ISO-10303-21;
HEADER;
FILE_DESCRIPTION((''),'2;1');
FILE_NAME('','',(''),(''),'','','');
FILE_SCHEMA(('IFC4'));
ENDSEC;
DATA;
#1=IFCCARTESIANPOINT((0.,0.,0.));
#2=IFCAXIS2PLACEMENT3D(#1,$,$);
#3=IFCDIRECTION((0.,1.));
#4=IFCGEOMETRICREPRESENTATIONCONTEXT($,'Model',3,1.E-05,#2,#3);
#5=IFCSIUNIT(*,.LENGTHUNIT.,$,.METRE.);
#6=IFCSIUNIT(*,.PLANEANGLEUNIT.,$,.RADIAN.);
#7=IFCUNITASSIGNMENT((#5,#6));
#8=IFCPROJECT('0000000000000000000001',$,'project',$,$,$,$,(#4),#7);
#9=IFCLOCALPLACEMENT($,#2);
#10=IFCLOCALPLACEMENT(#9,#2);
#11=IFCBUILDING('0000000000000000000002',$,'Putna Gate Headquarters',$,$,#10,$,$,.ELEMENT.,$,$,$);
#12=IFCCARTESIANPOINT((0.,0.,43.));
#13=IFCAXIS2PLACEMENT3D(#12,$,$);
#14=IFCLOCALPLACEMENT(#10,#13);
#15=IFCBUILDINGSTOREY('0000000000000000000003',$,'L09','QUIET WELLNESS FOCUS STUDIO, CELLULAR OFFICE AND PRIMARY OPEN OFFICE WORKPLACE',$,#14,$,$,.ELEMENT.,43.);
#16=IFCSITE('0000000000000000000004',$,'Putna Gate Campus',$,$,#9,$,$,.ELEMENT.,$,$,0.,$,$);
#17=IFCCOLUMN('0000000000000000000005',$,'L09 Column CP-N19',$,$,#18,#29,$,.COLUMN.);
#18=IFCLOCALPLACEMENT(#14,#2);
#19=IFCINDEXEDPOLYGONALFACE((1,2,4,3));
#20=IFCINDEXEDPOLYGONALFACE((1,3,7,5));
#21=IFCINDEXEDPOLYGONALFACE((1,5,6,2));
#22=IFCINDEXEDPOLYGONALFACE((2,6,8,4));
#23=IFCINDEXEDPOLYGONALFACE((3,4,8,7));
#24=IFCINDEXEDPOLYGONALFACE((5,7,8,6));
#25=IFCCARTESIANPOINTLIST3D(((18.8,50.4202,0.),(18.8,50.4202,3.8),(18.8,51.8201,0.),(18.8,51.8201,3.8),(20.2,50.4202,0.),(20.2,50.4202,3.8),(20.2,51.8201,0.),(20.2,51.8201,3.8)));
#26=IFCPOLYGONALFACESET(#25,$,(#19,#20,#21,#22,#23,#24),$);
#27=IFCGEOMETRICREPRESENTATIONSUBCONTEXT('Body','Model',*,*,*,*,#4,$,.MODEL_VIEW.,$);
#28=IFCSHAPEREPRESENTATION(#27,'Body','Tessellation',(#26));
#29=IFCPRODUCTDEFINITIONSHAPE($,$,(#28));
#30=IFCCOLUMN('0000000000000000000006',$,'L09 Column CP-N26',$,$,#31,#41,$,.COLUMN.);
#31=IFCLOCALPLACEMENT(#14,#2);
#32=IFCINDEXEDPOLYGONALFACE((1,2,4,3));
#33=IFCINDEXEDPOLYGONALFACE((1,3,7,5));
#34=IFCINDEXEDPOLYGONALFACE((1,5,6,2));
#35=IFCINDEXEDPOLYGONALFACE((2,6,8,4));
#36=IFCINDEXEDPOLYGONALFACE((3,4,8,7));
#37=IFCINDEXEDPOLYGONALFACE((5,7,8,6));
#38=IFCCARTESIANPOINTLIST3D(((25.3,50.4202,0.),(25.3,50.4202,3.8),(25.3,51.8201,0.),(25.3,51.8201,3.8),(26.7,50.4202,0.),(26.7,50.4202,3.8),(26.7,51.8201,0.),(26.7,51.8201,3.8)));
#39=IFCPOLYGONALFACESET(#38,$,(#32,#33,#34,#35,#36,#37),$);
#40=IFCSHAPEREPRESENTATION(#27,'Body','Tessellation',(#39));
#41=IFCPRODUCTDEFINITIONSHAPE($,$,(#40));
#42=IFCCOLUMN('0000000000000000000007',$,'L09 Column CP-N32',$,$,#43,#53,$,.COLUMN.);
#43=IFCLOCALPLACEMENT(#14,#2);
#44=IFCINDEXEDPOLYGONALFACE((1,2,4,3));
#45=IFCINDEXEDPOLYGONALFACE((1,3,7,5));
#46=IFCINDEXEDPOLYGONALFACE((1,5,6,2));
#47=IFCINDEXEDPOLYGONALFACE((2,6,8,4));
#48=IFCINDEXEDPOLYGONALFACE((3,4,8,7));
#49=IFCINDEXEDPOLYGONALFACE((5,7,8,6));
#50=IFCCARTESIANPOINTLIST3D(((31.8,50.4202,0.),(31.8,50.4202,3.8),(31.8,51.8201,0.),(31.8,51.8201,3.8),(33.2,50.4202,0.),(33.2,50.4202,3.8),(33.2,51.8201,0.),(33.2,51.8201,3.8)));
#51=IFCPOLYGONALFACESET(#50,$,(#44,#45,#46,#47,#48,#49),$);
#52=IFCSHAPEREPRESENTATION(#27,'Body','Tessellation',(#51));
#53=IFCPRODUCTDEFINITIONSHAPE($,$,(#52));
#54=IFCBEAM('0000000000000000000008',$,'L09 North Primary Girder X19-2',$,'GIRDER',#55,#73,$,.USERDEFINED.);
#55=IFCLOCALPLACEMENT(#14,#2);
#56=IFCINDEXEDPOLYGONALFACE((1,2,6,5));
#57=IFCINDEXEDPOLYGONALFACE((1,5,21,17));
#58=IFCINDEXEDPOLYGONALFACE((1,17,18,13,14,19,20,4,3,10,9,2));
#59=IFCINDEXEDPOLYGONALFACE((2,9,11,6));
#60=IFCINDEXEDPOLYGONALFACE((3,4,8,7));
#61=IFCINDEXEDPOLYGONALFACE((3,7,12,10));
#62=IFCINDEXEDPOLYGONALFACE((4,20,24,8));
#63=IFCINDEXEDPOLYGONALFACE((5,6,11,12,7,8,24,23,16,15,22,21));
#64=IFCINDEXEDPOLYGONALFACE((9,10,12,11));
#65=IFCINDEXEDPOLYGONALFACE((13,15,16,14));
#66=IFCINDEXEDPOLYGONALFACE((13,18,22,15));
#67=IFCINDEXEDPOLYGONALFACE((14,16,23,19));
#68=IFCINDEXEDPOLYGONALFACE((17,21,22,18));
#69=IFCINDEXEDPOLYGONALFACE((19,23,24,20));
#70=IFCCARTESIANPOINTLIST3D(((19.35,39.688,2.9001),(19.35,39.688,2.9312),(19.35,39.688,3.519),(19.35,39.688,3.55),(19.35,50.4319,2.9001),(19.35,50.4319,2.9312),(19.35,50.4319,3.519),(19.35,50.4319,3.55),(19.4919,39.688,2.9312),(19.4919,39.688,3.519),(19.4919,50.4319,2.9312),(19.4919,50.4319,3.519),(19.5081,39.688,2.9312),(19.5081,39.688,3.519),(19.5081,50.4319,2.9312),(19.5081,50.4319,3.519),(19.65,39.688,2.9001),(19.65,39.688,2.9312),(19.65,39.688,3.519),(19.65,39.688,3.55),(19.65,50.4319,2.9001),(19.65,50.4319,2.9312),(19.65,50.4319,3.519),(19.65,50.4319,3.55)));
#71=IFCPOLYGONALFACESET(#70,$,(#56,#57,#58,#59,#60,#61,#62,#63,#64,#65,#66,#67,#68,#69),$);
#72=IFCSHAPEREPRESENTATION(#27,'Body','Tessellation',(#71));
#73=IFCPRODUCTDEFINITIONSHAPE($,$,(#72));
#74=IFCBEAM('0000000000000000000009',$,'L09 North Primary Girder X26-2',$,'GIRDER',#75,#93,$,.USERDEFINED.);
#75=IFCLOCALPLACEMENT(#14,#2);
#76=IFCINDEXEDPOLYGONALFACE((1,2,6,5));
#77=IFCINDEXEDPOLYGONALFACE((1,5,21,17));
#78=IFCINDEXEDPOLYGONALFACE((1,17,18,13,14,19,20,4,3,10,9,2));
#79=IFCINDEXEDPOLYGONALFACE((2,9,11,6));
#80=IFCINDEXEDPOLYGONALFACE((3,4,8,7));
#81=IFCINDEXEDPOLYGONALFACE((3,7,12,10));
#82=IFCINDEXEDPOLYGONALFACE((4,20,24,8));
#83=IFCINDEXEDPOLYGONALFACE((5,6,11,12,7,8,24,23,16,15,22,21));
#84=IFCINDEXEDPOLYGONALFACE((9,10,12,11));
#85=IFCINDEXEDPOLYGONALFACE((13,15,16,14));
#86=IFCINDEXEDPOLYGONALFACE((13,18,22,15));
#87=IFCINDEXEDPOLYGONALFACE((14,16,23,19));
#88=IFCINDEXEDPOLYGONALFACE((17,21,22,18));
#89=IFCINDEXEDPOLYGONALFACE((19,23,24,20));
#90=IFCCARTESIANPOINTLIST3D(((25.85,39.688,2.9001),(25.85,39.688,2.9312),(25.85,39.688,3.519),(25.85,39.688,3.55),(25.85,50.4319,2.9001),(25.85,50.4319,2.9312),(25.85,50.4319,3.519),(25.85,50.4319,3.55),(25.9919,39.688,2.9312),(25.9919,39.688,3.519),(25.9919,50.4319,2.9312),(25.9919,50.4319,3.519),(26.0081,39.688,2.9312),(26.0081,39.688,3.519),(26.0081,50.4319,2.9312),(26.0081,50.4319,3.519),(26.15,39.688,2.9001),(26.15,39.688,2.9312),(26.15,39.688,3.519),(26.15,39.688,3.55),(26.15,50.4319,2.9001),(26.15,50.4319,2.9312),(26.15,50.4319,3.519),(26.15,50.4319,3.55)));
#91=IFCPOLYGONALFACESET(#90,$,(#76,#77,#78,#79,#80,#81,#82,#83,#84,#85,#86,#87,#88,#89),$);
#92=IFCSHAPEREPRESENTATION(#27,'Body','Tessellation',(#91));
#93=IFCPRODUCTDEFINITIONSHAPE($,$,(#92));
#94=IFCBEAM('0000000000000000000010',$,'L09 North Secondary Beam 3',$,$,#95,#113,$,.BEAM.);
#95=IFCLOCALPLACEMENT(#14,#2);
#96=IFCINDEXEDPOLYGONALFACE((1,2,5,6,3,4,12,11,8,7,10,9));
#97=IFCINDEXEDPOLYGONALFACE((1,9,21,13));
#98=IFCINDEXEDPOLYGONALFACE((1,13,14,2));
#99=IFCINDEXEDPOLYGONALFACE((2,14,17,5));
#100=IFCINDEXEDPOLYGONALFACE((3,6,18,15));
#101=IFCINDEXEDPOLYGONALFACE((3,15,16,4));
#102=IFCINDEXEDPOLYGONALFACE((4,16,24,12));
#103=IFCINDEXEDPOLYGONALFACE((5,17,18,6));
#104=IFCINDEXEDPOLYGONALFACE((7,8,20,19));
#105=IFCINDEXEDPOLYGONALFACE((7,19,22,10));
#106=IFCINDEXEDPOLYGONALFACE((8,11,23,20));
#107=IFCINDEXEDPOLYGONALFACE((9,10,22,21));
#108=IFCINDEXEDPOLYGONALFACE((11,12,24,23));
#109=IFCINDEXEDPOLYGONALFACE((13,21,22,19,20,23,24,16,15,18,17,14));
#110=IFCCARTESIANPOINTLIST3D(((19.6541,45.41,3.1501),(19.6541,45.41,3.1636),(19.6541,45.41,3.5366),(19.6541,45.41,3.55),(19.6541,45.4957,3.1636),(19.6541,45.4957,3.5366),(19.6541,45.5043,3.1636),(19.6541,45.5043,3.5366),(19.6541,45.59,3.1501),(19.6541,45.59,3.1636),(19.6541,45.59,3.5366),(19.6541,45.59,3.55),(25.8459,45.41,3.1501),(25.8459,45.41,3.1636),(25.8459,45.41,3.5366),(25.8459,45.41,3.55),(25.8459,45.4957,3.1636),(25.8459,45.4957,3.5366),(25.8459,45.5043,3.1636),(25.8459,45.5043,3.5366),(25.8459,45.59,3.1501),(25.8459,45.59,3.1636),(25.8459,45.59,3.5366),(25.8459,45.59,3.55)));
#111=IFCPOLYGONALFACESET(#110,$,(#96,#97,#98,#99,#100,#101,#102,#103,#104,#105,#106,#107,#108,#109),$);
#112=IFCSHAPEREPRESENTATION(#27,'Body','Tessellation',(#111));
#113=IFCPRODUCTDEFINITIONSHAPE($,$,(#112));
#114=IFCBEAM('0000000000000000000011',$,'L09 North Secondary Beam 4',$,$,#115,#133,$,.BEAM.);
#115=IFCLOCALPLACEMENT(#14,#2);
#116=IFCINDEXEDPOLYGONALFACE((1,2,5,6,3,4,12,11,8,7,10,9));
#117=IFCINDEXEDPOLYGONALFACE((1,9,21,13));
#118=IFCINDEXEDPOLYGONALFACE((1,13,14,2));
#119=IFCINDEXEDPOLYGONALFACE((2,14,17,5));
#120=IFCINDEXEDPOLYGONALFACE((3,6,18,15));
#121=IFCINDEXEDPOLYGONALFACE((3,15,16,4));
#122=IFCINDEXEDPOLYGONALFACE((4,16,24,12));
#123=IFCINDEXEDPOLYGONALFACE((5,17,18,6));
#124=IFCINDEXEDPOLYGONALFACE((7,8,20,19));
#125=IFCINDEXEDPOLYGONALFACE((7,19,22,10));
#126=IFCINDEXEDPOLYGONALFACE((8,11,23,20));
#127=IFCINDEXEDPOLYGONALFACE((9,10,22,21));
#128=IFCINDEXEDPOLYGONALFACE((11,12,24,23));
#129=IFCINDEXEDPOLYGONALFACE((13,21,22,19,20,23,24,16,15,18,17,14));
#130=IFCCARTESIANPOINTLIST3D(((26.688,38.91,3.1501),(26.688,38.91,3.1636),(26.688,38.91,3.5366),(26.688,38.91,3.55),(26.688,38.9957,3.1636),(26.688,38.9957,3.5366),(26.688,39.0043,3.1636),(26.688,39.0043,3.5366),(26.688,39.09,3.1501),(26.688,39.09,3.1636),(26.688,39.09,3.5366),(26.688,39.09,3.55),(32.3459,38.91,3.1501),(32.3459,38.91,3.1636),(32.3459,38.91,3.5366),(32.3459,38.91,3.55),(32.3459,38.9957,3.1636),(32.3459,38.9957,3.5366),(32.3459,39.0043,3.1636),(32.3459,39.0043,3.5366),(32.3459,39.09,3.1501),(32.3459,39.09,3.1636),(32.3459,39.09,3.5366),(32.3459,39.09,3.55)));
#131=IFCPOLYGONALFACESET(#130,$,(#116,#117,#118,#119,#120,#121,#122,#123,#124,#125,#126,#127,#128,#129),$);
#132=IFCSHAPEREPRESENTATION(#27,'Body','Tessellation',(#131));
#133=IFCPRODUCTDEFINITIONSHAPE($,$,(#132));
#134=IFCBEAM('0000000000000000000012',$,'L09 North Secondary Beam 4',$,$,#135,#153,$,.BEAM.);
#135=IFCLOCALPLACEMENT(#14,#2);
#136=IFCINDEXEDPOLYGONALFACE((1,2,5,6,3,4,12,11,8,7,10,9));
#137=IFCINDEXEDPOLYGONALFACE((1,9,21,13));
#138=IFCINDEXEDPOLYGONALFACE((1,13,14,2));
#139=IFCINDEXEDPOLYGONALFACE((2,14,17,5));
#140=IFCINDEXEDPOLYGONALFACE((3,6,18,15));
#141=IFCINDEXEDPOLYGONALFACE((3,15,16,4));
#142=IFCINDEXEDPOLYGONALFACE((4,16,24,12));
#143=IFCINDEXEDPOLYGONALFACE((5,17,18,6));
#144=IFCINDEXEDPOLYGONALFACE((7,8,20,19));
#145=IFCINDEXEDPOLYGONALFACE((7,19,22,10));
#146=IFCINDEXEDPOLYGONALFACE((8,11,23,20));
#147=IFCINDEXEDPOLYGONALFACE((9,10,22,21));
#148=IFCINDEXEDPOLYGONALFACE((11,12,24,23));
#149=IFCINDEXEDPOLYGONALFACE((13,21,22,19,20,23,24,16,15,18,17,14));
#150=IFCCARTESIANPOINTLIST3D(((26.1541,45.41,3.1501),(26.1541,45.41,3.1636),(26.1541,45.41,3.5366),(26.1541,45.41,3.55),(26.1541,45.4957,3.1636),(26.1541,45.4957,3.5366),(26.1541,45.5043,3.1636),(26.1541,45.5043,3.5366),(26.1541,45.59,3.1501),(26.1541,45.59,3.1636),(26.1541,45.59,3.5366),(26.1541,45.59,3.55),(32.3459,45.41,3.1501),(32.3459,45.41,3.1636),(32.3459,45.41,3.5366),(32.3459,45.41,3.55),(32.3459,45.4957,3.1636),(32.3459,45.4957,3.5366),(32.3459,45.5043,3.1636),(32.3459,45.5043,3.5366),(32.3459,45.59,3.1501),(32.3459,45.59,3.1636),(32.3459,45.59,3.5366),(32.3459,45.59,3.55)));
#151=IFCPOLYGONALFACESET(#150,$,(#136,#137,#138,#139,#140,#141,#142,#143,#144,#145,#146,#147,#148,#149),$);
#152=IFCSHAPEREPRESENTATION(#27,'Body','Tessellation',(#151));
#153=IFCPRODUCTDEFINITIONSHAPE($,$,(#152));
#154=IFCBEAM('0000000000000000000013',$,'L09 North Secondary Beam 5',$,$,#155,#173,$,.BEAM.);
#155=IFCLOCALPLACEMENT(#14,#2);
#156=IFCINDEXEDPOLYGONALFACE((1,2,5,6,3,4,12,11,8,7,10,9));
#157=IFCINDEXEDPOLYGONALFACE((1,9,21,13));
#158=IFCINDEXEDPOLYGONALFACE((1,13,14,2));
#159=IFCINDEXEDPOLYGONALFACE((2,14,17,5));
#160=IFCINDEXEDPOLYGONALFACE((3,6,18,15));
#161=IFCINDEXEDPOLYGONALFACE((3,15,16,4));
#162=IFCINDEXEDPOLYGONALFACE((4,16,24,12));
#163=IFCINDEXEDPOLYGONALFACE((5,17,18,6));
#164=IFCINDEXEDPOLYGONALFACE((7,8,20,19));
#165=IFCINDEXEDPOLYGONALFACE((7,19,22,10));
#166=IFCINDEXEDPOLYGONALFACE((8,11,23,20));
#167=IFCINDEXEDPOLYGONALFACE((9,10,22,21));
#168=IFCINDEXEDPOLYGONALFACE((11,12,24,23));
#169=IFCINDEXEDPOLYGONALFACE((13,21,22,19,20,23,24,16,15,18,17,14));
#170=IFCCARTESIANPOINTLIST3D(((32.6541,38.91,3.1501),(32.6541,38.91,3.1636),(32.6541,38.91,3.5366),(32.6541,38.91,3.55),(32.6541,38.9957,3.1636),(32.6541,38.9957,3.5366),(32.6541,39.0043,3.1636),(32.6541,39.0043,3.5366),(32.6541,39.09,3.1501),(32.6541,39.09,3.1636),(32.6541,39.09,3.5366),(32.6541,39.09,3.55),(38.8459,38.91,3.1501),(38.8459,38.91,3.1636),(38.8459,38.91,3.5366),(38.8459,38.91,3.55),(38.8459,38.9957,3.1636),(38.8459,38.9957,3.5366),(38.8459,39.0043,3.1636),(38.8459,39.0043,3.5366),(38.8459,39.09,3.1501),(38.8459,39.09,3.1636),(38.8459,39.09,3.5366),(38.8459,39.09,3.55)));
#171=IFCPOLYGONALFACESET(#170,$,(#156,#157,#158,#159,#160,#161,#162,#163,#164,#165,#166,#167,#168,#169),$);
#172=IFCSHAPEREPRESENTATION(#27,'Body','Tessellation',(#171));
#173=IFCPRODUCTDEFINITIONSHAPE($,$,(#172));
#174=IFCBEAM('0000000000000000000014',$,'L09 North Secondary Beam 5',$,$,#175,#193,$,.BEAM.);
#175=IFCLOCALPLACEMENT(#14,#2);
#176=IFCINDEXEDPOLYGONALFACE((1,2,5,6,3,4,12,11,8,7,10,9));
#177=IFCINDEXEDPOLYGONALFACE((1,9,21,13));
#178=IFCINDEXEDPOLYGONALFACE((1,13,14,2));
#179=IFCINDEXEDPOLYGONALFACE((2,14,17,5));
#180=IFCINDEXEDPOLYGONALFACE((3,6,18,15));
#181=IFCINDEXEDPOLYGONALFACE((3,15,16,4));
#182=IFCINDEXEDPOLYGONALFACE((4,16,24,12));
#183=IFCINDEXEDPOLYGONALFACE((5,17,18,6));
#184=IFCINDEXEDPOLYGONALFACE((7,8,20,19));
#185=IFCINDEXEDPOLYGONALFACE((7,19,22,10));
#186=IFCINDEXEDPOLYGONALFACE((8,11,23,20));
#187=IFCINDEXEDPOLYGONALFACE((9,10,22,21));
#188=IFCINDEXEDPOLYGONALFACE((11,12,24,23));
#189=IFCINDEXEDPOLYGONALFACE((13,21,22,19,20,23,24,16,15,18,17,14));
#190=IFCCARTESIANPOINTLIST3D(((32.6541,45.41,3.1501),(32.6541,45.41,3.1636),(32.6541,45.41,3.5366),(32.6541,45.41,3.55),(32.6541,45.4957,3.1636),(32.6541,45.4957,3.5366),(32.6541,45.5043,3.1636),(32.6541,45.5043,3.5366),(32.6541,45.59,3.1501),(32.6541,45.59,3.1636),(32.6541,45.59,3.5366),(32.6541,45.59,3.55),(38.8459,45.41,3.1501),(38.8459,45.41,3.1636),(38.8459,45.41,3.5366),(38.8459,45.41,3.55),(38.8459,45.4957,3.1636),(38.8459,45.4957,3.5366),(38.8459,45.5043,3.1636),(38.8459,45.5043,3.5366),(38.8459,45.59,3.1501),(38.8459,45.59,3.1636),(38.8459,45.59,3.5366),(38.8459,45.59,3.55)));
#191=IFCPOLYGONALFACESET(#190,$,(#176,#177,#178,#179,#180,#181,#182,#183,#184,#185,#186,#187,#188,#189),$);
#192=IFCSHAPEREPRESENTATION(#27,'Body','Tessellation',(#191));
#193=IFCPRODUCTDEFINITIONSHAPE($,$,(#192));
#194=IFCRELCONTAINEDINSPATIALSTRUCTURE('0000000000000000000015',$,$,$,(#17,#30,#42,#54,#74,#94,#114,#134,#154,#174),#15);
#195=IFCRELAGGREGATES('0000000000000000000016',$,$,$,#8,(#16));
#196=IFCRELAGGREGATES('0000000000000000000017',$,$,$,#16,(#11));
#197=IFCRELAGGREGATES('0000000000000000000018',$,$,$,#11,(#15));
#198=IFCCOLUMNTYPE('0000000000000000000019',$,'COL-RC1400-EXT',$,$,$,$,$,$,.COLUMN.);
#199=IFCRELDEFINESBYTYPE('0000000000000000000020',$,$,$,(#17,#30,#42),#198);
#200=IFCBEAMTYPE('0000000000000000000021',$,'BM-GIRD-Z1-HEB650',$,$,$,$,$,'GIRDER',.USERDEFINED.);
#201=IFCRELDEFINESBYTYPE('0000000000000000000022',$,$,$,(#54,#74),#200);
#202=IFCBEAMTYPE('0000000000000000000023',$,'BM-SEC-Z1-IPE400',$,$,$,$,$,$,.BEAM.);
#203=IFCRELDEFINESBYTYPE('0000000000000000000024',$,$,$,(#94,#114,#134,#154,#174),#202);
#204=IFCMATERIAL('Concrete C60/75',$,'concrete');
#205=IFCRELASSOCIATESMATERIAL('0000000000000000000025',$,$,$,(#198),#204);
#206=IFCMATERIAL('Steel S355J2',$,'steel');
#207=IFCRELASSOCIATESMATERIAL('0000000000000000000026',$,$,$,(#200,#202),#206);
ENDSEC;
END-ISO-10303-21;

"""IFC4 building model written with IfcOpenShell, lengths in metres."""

from ifc_helpers import new_model, si_unit, direction, frame, origin, origin_2d, place, context, subcontext, project, spatial, rectangle, i_section, extrude, material, material_profile, profile_set, type_object, element, save


model = new_model("IFC4")

# Units and contexts
model_context = context("Model", 3, precision=1e-05, world=origin(), true_north=direction((0.0, 1.0)))
body_context = subcontext(model_context, "Body", "Model", "MODEL_VIEW")
ifc_project = project(units=[si_unit("LENGTHUNIT", "METRE"), si_unit("PLANEANGLEUNIT", "RADIAN")], contexts=[model_context])

# Site, building, storey
site_placement = place(None, origin())
site = spatial("IfcSite", under=ifc_project, at=site_placement, Name="Putna Gate Campus", CompositionType="ELEMENT", RefElevation=0.0)
building_placement = place(site_placement, origin())
building = spatial("IfcBuilding", under=site, at=building_placement, Name="Putna Gate Headquarters", CompositionType="ELEMENT")
storey_placement = place(building_placement, frame((0.0, 0.0, 43.0)))
storey = spatial("IfcBuildingStorey", under=building, at=storey_placement, Name="L09", Description="QUIET WELLNESS FOCUS STUDIO, CELLULAR OFFICE AND PRIMARY OPEN OFFICE WORKPLACE", CompositionType="ELEMENT", Elevation=43.0)

# Columns
ifc_material_1 = material(Name="Concrete C60/75", Category="concrete")
ifc_material_profile_1 = material_profile(ifc_material_1, rectangle(XDim=1.3999, YDim=1.3999, at=origin_2d()), Name="Concrete C60/75")
ifc_profile_set_1 = profile_set([ifc_material_profile_1], Name="Concrete C60/75")
column_type = type_object("IfcColumnType", Name="COL-RC1400-EXT", PredefinedType="COLUMN", material=ifc_profile_set_1)
for number, where, z_axis, x_axis, name in (
    (1, (19.5, 51.1201, 0.0), (0.0, 0.0, 1.0), (1.0, 0.0, 0.0), "L09 Column CP-N19"),
    (2, (26.0, 51.1201, 0.0), (0.0, 0.0, 1.0), (1.0, 0.0, 0.0), "L09 Column CP-N26"),
    (3, (32.5, 51.1201, 0.0), (0.0, 0.0, 1.0), (1.0, 0.0, 0.0), "L09 Column CP-N32"),
):
    element("IfcColumn", number, at=place(storey_placement, frame(where, z_axis=z_axis, x_axis=x_axis)), inside=storey, type_object=column_type, Name=name, PredefinedType="COLUMN", context=body_context, shape_type="SweptSolid", body=[
        extrude(rectangle(XDim=1.3999, YDim=1.3999, at=origin_2d()), origin(), (0.0, 0.0, 1.0), 3.8),
    ])

# Beams
ifc_material_2 = material(Name="Steel S355J2", Category="steel")
ifc_material_profile_2 = material_profile(ifc_material_2, i_section(OverallWidth=0.3, OverallDepth=0.6499, WebThickness=0.0161, FlangeThickness=0.031, at=origin_2d()), Name="Steel S355J2")
ifc_profile_set_2 = profile_set([ifc_material_profile_2], Name="Steel S355J2")
beam_type_1 = type_object("IfcBeamType", Name="BM-GIRD-Z1-HEB650", ElementType="GIRDER", PredefinedType="USERDEFINED", material=ifc_profile_set_2)
for number, where, z_axis, x_axis, name in (
    (4, (19.5, 39.688, 3.2251), (0.0, 1.0, 0.0), (-1.0, 0.0, 0.0), "L09 North Primary Girder X19-2"),
    (5, (26.0, 39.688, 3.2251), (0.0, 1.0, 0.0), (-1.0, 0.0, 0.0), "L09 North Primary Girder X26-2"),
):
    element("IfcBeam", number, at=place(storey_placement, frame(where, z_axis=z_axis, x_axis=x_axis)), inside=storey, type_object=beam_type_1, Name=name, ObjectType="GIRDER", PredefinedType="USERDEFINED", context=body_context, shape_type="SweptSolid", body=[
        extrude(i_section(OverallWidth=0.3, OverallDepth=0.6499, WebThickness=0.0161, FlangeThickness=0.031, at=origin_2d()), origin(), (0.0, 0.0, 1.0), 10.7439),
    ])
ifc_material_profile_3 = material_profile(ifc_material_2, i_section(OverallWidth=0.1799, OverallDepth=0.3999, WebThickness=0.0085, FlangeThickness=0.0134, at=origin_2d()), Name="Steel S355J2")
ifc_profile_set_3 = profile_set([ifc_material_profile_3], Name="Steel S355J2")
beam_type_2 = type_object("IfcBeamType", Name="BM-SEC-Z1-IPE400", PredefinedType="BEAM", material=ifc_profile_set_3)
beam_1_placement = place(storey_placement, frame((19.6541, 45.5, 3.3501), z_axis=(1.0, 0.0, 0.0), x_axis=(0.0, 1.0, 0.0)))
element("IfcBeam", 6, at=beam_1_placement, inside=storey, type_object=beam_type_2, Name="L09 North Secondary Beam 3", PredefinedType="BEAM", context=body_context, shape_type="SweptSolid", body=[
    extrude(i_section(OverallWidth=0.1799, OverallDepth=0.3999, WebThickness=0.0085, FlangeThickness=0.0134, at=origin_2d()), origin(), (0.0, 0.0, 1.0), 6.1919),
])
beam_2_placement = place(storey_placement, frame((26.688, 39.0, 3.3501), z_axis=(1.0, 0.0, 0.0), x_axis=(0.0, 1.0, 0.0)))
element("IfcBeam", 7, at=beam_2_placement, inside=storey, type_object=beam_type_2, Name="L09 North Secondary Beam 4", PredefinedType="BEAM", context=body_context, shape_type="SweptSolid", body=[
    extrude(i_section(OverallWidth=0.1799, OverallDepth=0.3999, WebThickness=0.0085, FlangeThickness=0.0134, at=origin_2d()), origin(), (0.0, 0.0, 1.0), 5.658),
])
for number, where, z_axis, x_axis, name in (
    (8, (26.1541, 45.5, 3.3501), (1.0, 0.0, 0.0), (0.0, 1.0, 0.0), "L09 North Secondary Beam 4"),
    (9, (32.6541, 39.0, 3.3501), (1.0, 0.0, 0.0), (0.0, 1.0, 0.0), "L09 North Secondary Beam 5"),
    (10, (32.6541, 45.5, 3.3501), (1.0, 0.0, 0.0), (0.0, 1.0, 0.0), "L09 North Secondary Beam 5"),
):
    element("IfcBeam", number, at=place(storey_placement, frame(where, z_axis=z_axis, x_axis=x_axis)), inside=storey, type_object=beam_type_2, Name=name, PredefinedType="BEAM", context=body_context, shape_type="SweptSolid", body=[
        extrude(i_section(OverallWidth=0.1799, OverallDepth=0.3999, WebThickness=0.0085, FlangeThickness=0.0134, at=origin_2d()), origin(), (0.0, 0.0, 1.0), 6.1919),
    ])

save(model, "model.ifc")
